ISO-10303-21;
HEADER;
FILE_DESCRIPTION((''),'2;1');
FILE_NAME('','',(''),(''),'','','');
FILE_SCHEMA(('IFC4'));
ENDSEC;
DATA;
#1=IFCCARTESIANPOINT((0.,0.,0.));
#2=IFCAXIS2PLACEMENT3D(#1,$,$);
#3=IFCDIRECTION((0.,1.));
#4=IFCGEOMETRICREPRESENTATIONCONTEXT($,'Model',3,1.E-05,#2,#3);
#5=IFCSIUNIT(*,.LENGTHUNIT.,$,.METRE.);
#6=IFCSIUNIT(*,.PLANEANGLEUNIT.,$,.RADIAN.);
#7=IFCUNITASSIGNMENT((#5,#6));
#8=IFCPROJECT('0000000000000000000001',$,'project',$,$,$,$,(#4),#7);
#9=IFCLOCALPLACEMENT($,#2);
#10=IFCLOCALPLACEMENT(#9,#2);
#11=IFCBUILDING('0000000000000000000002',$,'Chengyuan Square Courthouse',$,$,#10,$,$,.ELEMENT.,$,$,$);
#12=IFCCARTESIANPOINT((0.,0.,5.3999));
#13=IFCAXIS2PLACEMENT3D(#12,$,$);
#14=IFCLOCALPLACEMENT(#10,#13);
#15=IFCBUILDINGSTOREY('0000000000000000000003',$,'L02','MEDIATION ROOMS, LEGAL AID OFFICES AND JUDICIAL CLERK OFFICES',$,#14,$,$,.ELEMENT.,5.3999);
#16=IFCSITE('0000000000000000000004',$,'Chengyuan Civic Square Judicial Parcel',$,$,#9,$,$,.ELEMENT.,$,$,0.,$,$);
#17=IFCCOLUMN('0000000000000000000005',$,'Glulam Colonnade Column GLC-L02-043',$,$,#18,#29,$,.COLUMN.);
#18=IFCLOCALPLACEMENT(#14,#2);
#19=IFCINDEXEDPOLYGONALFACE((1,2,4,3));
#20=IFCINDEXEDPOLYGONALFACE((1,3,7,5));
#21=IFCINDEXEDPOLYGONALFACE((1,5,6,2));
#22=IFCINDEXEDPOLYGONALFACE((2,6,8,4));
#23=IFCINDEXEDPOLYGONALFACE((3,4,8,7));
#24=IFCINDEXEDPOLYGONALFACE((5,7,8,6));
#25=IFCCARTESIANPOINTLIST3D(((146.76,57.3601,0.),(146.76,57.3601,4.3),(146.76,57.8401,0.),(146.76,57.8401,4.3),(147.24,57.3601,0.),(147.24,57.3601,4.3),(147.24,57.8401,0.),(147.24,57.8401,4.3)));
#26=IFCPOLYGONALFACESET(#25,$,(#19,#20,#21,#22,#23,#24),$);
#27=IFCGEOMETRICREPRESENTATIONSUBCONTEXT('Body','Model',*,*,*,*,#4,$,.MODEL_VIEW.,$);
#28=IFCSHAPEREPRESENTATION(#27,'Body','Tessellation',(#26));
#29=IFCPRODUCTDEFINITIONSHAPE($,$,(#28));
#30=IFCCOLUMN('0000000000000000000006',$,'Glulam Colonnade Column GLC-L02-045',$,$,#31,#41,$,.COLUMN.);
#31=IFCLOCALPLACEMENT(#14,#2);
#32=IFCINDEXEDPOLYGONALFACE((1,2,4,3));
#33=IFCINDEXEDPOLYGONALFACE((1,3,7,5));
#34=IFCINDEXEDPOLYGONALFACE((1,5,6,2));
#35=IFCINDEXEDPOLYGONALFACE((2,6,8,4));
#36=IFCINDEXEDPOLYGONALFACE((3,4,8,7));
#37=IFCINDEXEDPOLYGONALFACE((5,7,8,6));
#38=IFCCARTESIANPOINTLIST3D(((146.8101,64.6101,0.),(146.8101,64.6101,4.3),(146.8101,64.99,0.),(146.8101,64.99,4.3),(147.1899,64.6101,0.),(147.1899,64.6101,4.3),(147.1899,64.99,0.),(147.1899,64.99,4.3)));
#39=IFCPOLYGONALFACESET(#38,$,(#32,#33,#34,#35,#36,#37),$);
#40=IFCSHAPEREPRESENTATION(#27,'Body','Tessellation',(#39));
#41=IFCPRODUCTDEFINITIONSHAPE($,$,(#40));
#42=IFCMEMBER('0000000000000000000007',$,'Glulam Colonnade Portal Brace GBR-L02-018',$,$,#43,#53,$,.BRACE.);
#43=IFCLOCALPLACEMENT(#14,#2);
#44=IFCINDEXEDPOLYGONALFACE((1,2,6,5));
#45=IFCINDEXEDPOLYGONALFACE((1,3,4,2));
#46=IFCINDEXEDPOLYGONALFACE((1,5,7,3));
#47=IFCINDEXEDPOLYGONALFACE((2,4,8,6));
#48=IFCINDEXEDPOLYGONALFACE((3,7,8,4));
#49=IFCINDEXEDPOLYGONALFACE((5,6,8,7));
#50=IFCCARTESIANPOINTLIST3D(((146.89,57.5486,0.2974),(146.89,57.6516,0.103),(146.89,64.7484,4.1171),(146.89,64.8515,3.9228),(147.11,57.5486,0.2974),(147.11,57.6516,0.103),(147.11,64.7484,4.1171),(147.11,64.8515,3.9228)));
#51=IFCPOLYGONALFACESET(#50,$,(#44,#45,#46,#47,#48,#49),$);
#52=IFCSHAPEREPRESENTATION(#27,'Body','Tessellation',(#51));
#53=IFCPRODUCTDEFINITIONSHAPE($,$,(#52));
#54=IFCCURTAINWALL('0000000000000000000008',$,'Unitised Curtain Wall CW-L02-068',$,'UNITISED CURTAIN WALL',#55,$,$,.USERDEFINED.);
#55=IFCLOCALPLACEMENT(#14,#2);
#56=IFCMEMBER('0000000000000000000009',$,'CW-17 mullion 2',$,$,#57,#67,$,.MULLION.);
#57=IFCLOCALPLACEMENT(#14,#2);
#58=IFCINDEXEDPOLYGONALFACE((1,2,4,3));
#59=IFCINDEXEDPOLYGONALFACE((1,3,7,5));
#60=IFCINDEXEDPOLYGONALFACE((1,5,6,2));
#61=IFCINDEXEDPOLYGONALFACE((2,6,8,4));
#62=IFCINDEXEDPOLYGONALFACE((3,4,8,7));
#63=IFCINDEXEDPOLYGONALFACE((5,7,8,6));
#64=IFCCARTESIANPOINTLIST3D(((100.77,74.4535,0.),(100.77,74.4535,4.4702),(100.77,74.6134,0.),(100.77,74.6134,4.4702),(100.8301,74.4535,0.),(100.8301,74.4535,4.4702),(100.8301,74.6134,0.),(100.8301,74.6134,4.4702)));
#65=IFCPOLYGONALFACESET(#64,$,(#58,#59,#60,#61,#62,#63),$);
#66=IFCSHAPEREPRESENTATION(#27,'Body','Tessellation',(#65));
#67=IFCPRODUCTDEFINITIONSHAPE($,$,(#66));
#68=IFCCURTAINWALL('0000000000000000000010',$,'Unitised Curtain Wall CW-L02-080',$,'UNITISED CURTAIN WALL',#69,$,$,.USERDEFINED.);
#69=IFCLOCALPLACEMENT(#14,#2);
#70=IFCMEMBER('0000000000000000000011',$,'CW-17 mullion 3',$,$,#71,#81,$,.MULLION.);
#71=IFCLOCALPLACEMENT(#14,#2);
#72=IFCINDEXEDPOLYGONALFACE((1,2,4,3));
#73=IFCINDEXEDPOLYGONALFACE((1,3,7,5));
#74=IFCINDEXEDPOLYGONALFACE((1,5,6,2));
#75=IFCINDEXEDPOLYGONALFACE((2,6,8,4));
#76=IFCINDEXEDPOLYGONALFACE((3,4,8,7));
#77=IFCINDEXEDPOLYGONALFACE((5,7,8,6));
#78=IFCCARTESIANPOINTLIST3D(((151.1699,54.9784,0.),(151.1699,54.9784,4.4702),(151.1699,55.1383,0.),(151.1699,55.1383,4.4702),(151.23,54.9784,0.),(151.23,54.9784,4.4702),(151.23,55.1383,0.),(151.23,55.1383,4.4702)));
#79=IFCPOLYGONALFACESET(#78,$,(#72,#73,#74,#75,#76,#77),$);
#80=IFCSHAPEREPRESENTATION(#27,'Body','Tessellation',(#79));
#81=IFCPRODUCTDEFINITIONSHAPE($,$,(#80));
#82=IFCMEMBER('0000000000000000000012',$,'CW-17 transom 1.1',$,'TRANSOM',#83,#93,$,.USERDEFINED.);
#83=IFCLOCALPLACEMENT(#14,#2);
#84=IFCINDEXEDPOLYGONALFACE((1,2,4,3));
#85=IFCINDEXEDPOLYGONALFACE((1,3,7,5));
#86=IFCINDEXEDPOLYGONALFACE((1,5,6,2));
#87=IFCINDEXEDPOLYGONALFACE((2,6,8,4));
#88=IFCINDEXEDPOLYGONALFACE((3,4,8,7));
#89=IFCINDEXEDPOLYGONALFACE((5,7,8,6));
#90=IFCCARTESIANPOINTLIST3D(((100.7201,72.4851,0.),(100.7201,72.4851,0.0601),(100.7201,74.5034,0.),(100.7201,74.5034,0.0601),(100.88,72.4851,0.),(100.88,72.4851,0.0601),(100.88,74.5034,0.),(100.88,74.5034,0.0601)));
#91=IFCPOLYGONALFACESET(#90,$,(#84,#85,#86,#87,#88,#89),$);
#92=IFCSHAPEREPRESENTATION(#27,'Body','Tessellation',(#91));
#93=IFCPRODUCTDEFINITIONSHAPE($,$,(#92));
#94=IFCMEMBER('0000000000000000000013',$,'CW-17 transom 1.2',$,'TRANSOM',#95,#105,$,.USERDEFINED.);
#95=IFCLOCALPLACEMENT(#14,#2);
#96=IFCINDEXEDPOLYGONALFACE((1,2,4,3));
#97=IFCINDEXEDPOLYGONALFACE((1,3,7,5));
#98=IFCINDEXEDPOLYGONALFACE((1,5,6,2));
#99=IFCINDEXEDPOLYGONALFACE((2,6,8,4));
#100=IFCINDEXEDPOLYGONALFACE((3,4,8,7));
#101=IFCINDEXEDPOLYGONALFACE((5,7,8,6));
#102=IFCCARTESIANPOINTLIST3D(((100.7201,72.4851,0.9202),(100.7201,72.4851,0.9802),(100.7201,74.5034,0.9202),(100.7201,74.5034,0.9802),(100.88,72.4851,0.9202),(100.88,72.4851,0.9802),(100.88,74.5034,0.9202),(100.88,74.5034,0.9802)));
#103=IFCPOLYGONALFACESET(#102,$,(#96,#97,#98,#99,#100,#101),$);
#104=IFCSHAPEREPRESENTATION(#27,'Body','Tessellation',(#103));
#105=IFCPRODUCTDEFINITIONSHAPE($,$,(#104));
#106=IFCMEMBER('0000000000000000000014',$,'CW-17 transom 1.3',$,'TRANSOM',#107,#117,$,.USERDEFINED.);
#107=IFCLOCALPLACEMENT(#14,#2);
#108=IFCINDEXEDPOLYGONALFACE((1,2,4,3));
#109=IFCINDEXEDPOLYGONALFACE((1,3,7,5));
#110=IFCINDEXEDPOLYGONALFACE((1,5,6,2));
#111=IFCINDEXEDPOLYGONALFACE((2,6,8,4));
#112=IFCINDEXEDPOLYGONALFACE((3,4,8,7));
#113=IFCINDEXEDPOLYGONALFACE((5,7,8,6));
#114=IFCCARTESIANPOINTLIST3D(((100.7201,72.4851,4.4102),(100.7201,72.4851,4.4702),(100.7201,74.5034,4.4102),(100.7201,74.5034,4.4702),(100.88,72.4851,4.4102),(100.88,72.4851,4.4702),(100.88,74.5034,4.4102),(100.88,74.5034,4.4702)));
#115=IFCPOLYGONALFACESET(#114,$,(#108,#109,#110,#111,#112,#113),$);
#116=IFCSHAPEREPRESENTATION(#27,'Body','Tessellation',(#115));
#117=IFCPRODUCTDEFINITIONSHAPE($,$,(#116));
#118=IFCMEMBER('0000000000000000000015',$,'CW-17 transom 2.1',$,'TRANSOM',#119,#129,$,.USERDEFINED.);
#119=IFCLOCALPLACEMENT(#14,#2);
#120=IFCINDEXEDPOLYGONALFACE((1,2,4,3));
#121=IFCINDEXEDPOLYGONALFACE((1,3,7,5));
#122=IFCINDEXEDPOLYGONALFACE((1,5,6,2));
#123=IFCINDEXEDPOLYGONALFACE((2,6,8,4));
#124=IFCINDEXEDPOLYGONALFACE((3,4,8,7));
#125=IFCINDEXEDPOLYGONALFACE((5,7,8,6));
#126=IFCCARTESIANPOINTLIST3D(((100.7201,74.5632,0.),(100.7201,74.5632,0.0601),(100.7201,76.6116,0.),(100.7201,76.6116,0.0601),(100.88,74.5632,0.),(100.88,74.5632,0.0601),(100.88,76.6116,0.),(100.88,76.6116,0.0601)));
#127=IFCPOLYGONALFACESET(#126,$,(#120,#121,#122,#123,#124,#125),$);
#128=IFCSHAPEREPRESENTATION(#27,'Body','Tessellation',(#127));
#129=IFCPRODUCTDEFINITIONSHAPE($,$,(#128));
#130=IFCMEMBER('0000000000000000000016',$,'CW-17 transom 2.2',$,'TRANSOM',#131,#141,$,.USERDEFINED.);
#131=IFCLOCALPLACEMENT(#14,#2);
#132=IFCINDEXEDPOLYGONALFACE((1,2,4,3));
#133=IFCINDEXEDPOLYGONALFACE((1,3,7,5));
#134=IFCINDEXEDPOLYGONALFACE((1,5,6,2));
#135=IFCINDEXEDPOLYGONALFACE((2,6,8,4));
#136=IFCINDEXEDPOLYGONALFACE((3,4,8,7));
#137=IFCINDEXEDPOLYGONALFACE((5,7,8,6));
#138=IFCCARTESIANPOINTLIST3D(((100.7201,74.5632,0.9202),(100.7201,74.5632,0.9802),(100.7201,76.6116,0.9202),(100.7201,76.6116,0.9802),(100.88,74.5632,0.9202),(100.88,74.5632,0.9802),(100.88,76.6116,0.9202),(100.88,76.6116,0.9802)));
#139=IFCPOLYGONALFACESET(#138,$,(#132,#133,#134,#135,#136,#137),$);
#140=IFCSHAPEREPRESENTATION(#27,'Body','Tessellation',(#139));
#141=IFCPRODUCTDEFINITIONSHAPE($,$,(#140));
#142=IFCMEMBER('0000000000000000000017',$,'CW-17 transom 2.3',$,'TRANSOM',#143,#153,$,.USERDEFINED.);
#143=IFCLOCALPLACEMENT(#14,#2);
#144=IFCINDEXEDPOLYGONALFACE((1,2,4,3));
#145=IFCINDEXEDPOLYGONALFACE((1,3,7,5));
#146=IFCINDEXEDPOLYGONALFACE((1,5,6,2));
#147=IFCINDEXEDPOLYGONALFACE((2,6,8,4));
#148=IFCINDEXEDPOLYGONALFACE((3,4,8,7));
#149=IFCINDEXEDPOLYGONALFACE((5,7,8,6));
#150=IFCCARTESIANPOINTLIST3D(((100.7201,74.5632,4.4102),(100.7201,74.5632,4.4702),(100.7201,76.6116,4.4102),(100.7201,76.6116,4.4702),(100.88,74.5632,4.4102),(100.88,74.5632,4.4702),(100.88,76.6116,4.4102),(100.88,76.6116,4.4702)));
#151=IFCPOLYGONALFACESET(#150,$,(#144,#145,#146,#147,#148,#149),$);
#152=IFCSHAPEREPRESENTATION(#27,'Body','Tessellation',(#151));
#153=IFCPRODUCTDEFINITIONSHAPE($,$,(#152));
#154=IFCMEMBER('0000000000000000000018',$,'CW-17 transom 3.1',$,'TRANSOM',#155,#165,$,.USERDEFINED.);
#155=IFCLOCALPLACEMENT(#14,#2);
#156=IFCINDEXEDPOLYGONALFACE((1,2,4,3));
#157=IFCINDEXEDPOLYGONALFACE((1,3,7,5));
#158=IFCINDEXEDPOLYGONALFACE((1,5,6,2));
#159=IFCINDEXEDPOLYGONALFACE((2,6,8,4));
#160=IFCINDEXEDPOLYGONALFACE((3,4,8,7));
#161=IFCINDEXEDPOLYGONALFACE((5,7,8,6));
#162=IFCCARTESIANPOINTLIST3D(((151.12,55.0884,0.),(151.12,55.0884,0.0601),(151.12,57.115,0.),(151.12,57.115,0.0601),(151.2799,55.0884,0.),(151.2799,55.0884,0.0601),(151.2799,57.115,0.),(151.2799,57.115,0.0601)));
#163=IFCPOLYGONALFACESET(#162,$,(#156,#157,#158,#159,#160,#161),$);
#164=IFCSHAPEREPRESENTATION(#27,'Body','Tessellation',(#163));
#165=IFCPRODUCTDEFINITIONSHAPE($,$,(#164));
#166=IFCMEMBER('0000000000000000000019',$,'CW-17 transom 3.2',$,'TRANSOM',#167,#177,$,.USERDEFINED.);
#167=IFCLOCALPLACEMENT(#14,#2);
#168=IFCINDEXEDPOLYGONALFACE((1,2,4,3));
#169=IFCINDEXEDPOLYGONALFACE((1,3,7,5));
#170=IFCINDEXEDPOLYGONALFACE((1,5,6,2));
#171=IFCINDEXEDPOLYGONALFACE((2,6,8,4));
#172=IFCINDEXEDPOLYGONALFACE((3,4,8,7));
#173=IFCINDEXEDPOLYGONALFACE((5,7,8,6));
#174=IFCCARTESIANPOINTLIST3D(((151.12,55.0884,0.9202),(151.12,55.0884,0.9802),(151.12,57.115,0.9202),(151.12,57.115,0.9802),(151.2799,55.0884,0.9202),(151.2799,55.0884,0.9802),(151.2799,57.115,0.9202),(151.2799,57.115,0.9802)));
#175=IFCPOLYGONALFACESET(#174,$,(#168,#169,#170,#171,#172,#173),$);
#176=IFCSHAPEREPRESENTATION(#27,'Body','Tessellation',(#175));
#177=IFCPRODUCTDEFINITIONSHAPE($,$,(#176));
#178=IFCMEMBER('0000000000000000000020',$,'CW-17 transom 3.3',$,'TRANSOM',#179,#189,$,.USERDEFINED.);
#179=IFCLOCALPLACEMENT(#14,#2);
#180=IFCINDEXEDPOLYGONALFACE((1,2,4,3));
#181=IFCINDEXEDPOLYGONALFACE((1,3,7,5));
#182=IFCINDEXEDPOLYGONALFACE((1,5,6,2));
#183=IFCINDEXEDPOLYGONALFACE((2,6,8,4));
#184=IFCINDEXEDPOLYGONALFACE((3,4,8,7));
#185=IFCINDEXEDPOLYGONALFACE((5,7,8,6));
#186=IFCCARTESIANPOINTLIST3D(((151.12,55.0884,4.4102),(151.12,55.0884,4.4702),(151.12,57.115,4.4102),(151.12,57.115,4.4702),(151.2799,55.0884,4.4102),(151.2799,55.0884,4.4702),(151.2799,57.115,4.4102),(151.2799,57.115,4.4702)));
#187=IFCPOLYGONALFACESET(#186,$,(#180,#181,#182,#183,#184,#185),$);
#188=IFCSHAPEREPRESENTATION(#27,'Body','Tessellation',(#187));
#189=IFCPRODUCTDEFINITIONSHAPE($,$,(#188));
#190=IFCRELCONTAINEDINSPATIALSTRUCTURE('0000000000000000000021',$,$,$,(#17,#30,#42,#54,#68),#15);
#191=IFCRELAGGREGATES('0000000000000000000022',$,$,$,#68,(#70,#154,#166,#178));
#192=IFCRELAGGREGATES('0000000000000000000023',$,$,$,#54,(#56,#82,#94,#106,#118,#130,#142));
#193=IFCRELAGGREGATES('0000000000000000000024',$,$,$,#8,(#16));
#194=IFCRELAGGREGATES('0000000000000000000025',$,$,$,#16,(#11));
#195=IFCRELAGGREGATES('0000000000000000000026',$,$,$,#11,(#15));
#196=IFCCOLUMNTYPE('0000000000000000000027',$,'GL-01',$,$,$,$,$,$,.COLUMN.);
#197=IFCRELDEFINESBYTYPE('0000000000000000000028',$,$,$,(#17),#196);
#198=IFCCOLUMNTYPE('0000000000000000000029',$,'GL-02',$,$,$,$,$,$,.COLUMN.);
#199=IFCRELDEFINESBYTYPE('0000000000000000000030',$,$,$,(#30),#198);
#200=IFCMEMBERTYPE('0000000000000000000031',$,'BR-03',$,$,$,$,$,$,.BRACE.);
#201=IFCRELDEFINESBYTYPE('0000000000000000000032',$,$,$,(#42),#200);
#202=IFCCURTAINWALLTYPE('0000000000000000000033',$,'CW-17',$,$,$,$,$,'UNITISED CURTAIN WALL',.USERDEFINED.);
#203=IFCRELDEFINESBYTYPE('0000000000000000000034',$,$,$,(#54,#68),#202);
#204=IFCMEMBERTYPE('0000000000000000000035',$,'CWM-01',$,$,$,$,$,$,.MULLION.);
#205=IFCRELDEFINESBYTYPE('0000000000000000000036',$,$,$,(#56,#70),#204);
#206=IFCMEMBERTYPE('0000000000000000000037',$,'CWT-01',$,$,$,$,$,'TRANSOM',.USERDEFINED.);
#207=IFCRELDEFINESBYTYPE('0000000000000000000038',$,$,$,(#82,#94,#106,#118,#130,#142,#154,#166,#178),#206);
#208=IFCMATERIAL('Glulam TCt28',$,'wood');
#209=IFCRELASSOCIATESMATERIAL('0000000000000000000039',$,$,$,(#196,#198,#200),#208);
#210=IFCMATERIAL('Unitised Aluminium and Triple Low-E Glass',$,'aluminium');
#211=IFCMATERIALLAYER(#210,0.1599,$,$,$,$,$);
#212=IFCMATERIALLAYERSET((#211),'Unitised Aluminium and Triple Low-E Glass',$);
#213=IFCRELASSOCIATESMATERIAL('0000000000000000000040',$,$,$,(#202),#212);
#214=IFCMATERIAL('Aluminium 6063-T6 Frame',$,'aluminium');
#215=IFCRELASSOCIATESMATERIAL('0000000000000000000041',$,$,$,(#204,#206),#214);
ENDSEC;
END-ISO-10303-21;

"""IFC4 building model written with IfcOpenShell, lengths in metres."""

from ifc_helpers import new_model, si_unit, direction, frame, origin, origin_2d, place, context, subcontext, project, spatial, rectangle, extrude, material, layer, layer_set, material_profile, profile_set, type_object, element, aggregate, save


model = new_model("IFC4")

# Units and contexts
model_context = context("Model", 3, precision=1e-05, world=origin(), true_north=direction((0.0, 1.0)))
body_context = subcontext(model_context, "Body", "Model", "MODEL_VIEW")
ifc_project = project(units=[si_unit("LENGTHUNIT", "METRE"), si_unit("PLANEANGLEUNIT", "RADIAN")], contexts=[model_context])

# Site, building, storey
site_placement = place(None, origin())
site = spatial("IfcSite", under=ifc_project, at=site_placement, Name="Chengyuan Civic Square Judicial Parcel", CompositionType="ELEMENT", RefElevation=0.0)
building_placement = place(site_placement, origin())
building = spatial("IfcBuilding", under=site, at=building_placement, Name="Chengyuan Square Courthouse", CompositionType="ELEMENT")
storey_placement = place(building_placement, frame((0.0, 0.0, 5.3999)))
storey = spatial("IfcBuildingStorey", under=building, at=storey_placement, Name="L02", Description="MEDIATION ROOMS, LEGAL AID OFFICES AND JUDICIAL CLERK OFFICES", CompositionType="ELEMENT", Elevation=5.3999)

# Columns
ifc_material_1 = material(Name="Glulam TCt28", Category="wood")
ifc_material_profile_1 = material_profile(ifc_material_1, rectangle(XDim=0.48, YDim=0.48, at=origin_2d()), Name="GL-COL-480x480")
ifc_profile_set_1 = profile_set([ifc_material_profile_1], Name="Glulam TCt28")
column_type_1 = type_object("IfcColumnType", Name="GL-01", PredefinedType="COLUMN", material=ifc_profile_set_1)
column_1_placement = place(storey_placement, frame((147.0, 57.6001, 0.0), z_axis=(0.0, 0.0, 1.0), x_axis=(1.0, 0.0, 0.0)))
element("IfcColumn", 1, at=column_1_placement, inside=storey, type_object=column_type_1, Name="Glulam Colonnade Column GLC-L02-043", PredefinedType="COLUMN", context=body_context, shape_type="SweptSolid", body=[
    extrude(rectangle(XDim=0.48, YDim=0.48, at=origin_2d()), origin(), (0.0, 0.0, 1.0), 4.3),
])
ifc_material_profile_2 = material_profile(ifc_material_1, rectangle(XDim=0.3799, YDim=0.3799, at=origin_2d()), Name="GL-COL-380x380")
ifc_profile_set_2 = profile_set([ifc_material_profile_2], Name="Glulam TCt28")
column_type_2 = type_object("IfcColumnType", Name="GL-02", PredefinedType="COLUMN", material=ifc_profile_set_2)
column_2_placement = place(storey_placement, frame((147.0, 64.8, 0.0), z_axis=(0.0, 0.0, 1.0), x_axis=(1.0, 0.0, 0.0)))
element("IfcColumn", 2, at=column_2_placement, inside=storey, type_object=column_type_2, Name="Glulam Colonnade Column GLC-L02-045", PredefinedType="COLUMN", context=body_context, shape_type="SweptSolid", body=[
    extrude(rectangle(XDim=0.3799, YDim=0.3799, at=origin_2d()), origin(), (0.0, 0.0, 1.0), 4.3),
])

# Member
ifc_material_profile_3 = material_profile(ifc_material_1, rectangle(XDim=0.22, YDim=0.22, at=origin_2d()), Name="GL-BR-220x220")
ifc_profile_set_3 = profile_set([ifc_material_profile_3], Name="Glulam TCt28")
member_type_1 = type_object("IfcMemberType", Name="BR-03", PredefinedType="BRACE", material=ifc_profile_set_3)
member_1_placement = place(storey_placement, frame((147.0, 57.6001, 0.2002), z_axis=(0.0, 0.883377, 0.468662), x_axis=(-1.0, 0.0, 0.0)))
element("IfcMember", 3, at=member_1_placement, inside=storey, type_object=member_type_1, Name="Glulam Colonnade Portal Brace GBR-L02-018", PredefinedType="BRACE", context=body_context, shape_type="SweptSolid", body=[
    extrude(rectangle(XDim=0.22, YDim=0.22, at=origin_2d()), origin(), (0.0, 0.0, 1.0), 8.1504),
])

# Curtain walls, members
ifc_material_2 = material(Name="Unitised Aluminium and Triple Low-E Glass", Category="aluminium")
ifc_layer_1 = layer(ifc_material_2, 0.1599)
ifc_layer_set_1 = layer_set([ifc_layer_1], Name="Unitised Aluminium and Triple Low-E Glass")
curtain_wall_type = type_object("IfcCurtainWallType", Name="CW-17", ElementType="UNITISED CURTAIN WALL", PredefinedType="USERDEFINED", material=ifc_layer_set_1)
curtain_wall_1_placement = place(storey_placement, origin())
curtain_wall_1 = element("IfcCurtainWall", 4, at=curtain_wall_1_placement, inside=storey, type_object=curtain_wall_type, Name="Unitised Curtain Wall CW-L02-068", ObjectType="UNITISED CURTAIN WALL", PredefinedType="USERDEFINED")
ifc_material_3 = material(Name="Aluminium 6063-T6 Frame", Category="aluminium")
ifc_material_profile_4 = material_profile(ifc_material_3, rectangle(XDim=0.0601, YDim=0.1599, at=origin_2d()), Name="CW-MUL-60x160")
ifc_profile_set_4 = profile_set([ifc_material_profile_4], Name="Aluminium 6063-T6 Frame")
member_type_2 = type_object("IfcMemberType", Name="CWM-01", PredefinedType="MULLION", material=ifc_profile_set_4)
member_2_placement = place(storey_placement, frame((100.8, 74.5334, 0.0), z_axis=(0.0, 0.0, 1.0), x_axis=(-1.0, 0.0, 0.0)))
member_2 = element("IfcMember", 5, at=member_2_placement, type_object=member_type_2, Name="CW-17 mullion 2", PredefinedType="MULLION", context=body_context, shape_type="SweptSolid", body=[
    extrude(rectangle(XDim=0.0601, YDim=0.1599, at=origin_2d()), origin(), (0.0, 0.0, 1.0), 4.4702),
])
curtain_wall_2_placement = place(storey_placement, origin())
curtain_wall_2 = element("IfcCurtainWall", 6, at=curtain_wall_2_placement, inside=storey, type_object=curtain_wall_type, Name="Unitised Curtain Wall CW-L02-080", ObjectType="UNITISED CURTAIN WALL", PredefinedType="USERDEFINED")
member_3_placement = place(storey_placement, frame((151.2, 55.0583, 0.0), z_axis=(0.0, 0.0, 1.0), x_axis=(-1.0, 0.0, 0.0)))
member_3 = element("IfcMember", 7, at=member_3_placement, type_object=member_type_2, Name="CW-17 mullion 3", PredefinedType="MULLION", context=body_context, shape_type="SweptSolid", body=[
    extrude(rectangle(XDim=0.0601, YDim=0.1599, at=origin_2d()), origin(), (0.0, 0.0, 1.0), 4.4702),
])

# Members
ifc_material_profile_5 = material_profile(ifc_material_3, rectangle(XDim=0.1599, YDim=0.0601, at=origin_2d()), Name="CW-TRN-60x120")
ifc_profile_set_5 = profile_set([ifc_material_profile_5], Name="Aluminium 6063-T6 Frame")
member_type_3 = type_object("IfcMemberType", Name="CWT-01", ElementType="TRANSOM", PredefinedType="USERDEFINED", material=ifc_profile_set_5)
member_4_placement = place(storey_placement, frame((100.8, 72.4851, 0.03), z_axis=(0.0, 1.0, 0.0), x_axis=(-1.0, 0.0, 0.0)))
member_4 = element("IfcMember", 8, at=member_4_placement, type_object=member_type_3, Name="CW-17 transom 1.1", ObjectType="TRANSOM", PredefinedType="USERDEFINED", context=body_context, shape_type="SweptSolid", body=[
    extrude(rectangle(XDim=0.1599, YDim=0.0601, at=origin_2d()), origin(), (0.0, 0.0, 1.0), 2.0183),
])
member_5_placement = place(storey_placement, frame((100.8, 72.4851, 0.9502), z_axis=(0.0, 1.0, 0.0), x_axis=(-1.0, 0.0, 0.0)))
member_5 = element("IfcMember", 9, at=member_5_placement, type_object=member_type_3, Name="CW-17 transom 1.2", ObjectType="TRANSOM", PredefinedType="USERDEFINED", context=body_context, shape_type="SweptSolid", body=[
    extrude(rectangle(XDim=0.1599, YDim=0.0601, at=origin_2d()), origin(), (0.0, 0.0, 1.0), 2.0183),
])
member_6_placement = place(storey_placement, frame((100.8, 72.4851, 4.4402), z_axis=(0.0, 1.0, 0.0), x_axis=(-1.0, 0.0, 0.0)))
member_6 = element("IfcMember", 10, at=member_6_placement, type_object=member_type_3, Name="CW-17 transom 1.3", ObjectType="TRANSOM", PredefinedType="USERDEFINED", context=body_context, shape_type="SweptSolid", body=[
    extrude(rectangle(XDim=0.1599, YDim=0.0601, at=origin_2d()), origin(), (0.0, 0.0, 1.0), 2.0183),
])
member_7_placement = place(storey_placement, frame((100.8, 74.5632, 0.03), z_axis=(0.0, 1.0, 0.0), x_axis=(-1.0, 0.0, 0.0)))
member_7 = element("IfcMember", 11, at=member_7_placement, type_object=member_type_3, Name="CW-17 transom 2.1", ObjectType="TRANSOM", PredefinedType="USERDEFINED", context=body_context, shape_type="SweptSolid", body=[
    extrude(rectangle(XDim=0.1599, YDim=0.0601, at=origin_2d()), origin(), (0.0, 0.0, 1.0), 2.0483),
])
member_8_placement = place(storey_placement, frame((100.8, 74.5632, 0.9502), z_axis=(0.0, 1.0, 0.0), x_axis=(-1.0, 0.0, 0.0)))
member_8 = element("IfcMember", 12, at=member_8_placement, type_object=member_type_3, Name="CW-17 transom 2.2", ObjectType="TRANSOM", PredefinedType="USERDEFINED", context=body_context, shape_type="SweptSolid", body=[
    extrude(rectangle(XDim=0.1599, YDim=0.0601, at=origin_2d()), origin(), (0.0, 0.0, 1.0), 2.0483),
])
member_9_placement = place(storey_placement, frame((100.8, 74.5632, 4.4402), z_axis=(0.0, 1.0, 0.0), x_axis=(-1.0, 0.0, 0.0)))
member_9 = element("IfcMember", 13, at=member_9_placement, type_object=member_type_3, Name="CW-17 transom 2.3", ObjectType="TRANSOM", PredefinedType="USERDEFINED", context=body_context, shape_type="SweptSolid", body=[
    extrude(rectangle(XDim=0.1599, YDim=0.0601, at=origin_2d()), origin(), (0.0, 0.0, 1.0), 2.0483),
])
member_10_placement = place(storey_placement, frame((151.2, 55.0884, 0.03), z_axis=(0.0, 1.0, 0.0), x_axis=(-1.0, 0.0, 0.0)))
member_10 = element("IfcMember", 14, at=member_10_placement, type_object=member_type_3, Name="CW-17 transom 3.1", ObjectType="TRANSOM", PredefinedType="USERDEFINED", context=body_context, shape_type="SweptSolid", body=[
    extrude(rectangle(XDim=0.1599, YDim=0.0601, at=origin_2d()), origin(), (0.0, 0.0, 1.0), 2.0266),
])
member_11_placement = place(storey_placement, frame((151.2, 55.0884, 0.9502), z_axis=(0.0, 1.0, 0.0), x_axis=(-1.0, 0.0, 0.0)))
member_11 = element("IfcMember", 15, at=member_11_placement, type_object=member_type_3, Name="CW-17 transom 3.2", ObjectType="TRANSOM", PredefinedType="USERDEFINED", context=body_context, shape_type="SweptSolid", body=[
    extrude(rectangle(XDim=0.1599, YDim=0.0601, at=origin_2d()), origin(), (0.0, 0.0, 1.0), 2.0266),
])
member_12_placement = place(storey_placement, frame((151.2, 55.0884, 4.4402), z_axis=(0.0, 1.0, 0.0), x_axis=(-1.0, 0.0, 0.0)))
member_12 = element("IfcMember", 16, at=member_12_placement, type_object=member_type_3, Name="CW-17 transom 3.3", ObjectType="TRANSOM", PredefinedType="USERDEFINED", context=body_context, shape_type="SweptSolid", body=[
    extrude(rectangle(XDim=0.1599, YDim=0.0601, at=origin_2d()), origin(), (0.0, 0.0, 1.0), 2.0266),
])
aggregate(curtain_wall_2, [member_3, member_10, member_11, member_12])

aggregate(curtain_wall_1, [member_2, member_4, member_5, member_6, member_7, member_8, member_9])

save(model, "model.ifc")
